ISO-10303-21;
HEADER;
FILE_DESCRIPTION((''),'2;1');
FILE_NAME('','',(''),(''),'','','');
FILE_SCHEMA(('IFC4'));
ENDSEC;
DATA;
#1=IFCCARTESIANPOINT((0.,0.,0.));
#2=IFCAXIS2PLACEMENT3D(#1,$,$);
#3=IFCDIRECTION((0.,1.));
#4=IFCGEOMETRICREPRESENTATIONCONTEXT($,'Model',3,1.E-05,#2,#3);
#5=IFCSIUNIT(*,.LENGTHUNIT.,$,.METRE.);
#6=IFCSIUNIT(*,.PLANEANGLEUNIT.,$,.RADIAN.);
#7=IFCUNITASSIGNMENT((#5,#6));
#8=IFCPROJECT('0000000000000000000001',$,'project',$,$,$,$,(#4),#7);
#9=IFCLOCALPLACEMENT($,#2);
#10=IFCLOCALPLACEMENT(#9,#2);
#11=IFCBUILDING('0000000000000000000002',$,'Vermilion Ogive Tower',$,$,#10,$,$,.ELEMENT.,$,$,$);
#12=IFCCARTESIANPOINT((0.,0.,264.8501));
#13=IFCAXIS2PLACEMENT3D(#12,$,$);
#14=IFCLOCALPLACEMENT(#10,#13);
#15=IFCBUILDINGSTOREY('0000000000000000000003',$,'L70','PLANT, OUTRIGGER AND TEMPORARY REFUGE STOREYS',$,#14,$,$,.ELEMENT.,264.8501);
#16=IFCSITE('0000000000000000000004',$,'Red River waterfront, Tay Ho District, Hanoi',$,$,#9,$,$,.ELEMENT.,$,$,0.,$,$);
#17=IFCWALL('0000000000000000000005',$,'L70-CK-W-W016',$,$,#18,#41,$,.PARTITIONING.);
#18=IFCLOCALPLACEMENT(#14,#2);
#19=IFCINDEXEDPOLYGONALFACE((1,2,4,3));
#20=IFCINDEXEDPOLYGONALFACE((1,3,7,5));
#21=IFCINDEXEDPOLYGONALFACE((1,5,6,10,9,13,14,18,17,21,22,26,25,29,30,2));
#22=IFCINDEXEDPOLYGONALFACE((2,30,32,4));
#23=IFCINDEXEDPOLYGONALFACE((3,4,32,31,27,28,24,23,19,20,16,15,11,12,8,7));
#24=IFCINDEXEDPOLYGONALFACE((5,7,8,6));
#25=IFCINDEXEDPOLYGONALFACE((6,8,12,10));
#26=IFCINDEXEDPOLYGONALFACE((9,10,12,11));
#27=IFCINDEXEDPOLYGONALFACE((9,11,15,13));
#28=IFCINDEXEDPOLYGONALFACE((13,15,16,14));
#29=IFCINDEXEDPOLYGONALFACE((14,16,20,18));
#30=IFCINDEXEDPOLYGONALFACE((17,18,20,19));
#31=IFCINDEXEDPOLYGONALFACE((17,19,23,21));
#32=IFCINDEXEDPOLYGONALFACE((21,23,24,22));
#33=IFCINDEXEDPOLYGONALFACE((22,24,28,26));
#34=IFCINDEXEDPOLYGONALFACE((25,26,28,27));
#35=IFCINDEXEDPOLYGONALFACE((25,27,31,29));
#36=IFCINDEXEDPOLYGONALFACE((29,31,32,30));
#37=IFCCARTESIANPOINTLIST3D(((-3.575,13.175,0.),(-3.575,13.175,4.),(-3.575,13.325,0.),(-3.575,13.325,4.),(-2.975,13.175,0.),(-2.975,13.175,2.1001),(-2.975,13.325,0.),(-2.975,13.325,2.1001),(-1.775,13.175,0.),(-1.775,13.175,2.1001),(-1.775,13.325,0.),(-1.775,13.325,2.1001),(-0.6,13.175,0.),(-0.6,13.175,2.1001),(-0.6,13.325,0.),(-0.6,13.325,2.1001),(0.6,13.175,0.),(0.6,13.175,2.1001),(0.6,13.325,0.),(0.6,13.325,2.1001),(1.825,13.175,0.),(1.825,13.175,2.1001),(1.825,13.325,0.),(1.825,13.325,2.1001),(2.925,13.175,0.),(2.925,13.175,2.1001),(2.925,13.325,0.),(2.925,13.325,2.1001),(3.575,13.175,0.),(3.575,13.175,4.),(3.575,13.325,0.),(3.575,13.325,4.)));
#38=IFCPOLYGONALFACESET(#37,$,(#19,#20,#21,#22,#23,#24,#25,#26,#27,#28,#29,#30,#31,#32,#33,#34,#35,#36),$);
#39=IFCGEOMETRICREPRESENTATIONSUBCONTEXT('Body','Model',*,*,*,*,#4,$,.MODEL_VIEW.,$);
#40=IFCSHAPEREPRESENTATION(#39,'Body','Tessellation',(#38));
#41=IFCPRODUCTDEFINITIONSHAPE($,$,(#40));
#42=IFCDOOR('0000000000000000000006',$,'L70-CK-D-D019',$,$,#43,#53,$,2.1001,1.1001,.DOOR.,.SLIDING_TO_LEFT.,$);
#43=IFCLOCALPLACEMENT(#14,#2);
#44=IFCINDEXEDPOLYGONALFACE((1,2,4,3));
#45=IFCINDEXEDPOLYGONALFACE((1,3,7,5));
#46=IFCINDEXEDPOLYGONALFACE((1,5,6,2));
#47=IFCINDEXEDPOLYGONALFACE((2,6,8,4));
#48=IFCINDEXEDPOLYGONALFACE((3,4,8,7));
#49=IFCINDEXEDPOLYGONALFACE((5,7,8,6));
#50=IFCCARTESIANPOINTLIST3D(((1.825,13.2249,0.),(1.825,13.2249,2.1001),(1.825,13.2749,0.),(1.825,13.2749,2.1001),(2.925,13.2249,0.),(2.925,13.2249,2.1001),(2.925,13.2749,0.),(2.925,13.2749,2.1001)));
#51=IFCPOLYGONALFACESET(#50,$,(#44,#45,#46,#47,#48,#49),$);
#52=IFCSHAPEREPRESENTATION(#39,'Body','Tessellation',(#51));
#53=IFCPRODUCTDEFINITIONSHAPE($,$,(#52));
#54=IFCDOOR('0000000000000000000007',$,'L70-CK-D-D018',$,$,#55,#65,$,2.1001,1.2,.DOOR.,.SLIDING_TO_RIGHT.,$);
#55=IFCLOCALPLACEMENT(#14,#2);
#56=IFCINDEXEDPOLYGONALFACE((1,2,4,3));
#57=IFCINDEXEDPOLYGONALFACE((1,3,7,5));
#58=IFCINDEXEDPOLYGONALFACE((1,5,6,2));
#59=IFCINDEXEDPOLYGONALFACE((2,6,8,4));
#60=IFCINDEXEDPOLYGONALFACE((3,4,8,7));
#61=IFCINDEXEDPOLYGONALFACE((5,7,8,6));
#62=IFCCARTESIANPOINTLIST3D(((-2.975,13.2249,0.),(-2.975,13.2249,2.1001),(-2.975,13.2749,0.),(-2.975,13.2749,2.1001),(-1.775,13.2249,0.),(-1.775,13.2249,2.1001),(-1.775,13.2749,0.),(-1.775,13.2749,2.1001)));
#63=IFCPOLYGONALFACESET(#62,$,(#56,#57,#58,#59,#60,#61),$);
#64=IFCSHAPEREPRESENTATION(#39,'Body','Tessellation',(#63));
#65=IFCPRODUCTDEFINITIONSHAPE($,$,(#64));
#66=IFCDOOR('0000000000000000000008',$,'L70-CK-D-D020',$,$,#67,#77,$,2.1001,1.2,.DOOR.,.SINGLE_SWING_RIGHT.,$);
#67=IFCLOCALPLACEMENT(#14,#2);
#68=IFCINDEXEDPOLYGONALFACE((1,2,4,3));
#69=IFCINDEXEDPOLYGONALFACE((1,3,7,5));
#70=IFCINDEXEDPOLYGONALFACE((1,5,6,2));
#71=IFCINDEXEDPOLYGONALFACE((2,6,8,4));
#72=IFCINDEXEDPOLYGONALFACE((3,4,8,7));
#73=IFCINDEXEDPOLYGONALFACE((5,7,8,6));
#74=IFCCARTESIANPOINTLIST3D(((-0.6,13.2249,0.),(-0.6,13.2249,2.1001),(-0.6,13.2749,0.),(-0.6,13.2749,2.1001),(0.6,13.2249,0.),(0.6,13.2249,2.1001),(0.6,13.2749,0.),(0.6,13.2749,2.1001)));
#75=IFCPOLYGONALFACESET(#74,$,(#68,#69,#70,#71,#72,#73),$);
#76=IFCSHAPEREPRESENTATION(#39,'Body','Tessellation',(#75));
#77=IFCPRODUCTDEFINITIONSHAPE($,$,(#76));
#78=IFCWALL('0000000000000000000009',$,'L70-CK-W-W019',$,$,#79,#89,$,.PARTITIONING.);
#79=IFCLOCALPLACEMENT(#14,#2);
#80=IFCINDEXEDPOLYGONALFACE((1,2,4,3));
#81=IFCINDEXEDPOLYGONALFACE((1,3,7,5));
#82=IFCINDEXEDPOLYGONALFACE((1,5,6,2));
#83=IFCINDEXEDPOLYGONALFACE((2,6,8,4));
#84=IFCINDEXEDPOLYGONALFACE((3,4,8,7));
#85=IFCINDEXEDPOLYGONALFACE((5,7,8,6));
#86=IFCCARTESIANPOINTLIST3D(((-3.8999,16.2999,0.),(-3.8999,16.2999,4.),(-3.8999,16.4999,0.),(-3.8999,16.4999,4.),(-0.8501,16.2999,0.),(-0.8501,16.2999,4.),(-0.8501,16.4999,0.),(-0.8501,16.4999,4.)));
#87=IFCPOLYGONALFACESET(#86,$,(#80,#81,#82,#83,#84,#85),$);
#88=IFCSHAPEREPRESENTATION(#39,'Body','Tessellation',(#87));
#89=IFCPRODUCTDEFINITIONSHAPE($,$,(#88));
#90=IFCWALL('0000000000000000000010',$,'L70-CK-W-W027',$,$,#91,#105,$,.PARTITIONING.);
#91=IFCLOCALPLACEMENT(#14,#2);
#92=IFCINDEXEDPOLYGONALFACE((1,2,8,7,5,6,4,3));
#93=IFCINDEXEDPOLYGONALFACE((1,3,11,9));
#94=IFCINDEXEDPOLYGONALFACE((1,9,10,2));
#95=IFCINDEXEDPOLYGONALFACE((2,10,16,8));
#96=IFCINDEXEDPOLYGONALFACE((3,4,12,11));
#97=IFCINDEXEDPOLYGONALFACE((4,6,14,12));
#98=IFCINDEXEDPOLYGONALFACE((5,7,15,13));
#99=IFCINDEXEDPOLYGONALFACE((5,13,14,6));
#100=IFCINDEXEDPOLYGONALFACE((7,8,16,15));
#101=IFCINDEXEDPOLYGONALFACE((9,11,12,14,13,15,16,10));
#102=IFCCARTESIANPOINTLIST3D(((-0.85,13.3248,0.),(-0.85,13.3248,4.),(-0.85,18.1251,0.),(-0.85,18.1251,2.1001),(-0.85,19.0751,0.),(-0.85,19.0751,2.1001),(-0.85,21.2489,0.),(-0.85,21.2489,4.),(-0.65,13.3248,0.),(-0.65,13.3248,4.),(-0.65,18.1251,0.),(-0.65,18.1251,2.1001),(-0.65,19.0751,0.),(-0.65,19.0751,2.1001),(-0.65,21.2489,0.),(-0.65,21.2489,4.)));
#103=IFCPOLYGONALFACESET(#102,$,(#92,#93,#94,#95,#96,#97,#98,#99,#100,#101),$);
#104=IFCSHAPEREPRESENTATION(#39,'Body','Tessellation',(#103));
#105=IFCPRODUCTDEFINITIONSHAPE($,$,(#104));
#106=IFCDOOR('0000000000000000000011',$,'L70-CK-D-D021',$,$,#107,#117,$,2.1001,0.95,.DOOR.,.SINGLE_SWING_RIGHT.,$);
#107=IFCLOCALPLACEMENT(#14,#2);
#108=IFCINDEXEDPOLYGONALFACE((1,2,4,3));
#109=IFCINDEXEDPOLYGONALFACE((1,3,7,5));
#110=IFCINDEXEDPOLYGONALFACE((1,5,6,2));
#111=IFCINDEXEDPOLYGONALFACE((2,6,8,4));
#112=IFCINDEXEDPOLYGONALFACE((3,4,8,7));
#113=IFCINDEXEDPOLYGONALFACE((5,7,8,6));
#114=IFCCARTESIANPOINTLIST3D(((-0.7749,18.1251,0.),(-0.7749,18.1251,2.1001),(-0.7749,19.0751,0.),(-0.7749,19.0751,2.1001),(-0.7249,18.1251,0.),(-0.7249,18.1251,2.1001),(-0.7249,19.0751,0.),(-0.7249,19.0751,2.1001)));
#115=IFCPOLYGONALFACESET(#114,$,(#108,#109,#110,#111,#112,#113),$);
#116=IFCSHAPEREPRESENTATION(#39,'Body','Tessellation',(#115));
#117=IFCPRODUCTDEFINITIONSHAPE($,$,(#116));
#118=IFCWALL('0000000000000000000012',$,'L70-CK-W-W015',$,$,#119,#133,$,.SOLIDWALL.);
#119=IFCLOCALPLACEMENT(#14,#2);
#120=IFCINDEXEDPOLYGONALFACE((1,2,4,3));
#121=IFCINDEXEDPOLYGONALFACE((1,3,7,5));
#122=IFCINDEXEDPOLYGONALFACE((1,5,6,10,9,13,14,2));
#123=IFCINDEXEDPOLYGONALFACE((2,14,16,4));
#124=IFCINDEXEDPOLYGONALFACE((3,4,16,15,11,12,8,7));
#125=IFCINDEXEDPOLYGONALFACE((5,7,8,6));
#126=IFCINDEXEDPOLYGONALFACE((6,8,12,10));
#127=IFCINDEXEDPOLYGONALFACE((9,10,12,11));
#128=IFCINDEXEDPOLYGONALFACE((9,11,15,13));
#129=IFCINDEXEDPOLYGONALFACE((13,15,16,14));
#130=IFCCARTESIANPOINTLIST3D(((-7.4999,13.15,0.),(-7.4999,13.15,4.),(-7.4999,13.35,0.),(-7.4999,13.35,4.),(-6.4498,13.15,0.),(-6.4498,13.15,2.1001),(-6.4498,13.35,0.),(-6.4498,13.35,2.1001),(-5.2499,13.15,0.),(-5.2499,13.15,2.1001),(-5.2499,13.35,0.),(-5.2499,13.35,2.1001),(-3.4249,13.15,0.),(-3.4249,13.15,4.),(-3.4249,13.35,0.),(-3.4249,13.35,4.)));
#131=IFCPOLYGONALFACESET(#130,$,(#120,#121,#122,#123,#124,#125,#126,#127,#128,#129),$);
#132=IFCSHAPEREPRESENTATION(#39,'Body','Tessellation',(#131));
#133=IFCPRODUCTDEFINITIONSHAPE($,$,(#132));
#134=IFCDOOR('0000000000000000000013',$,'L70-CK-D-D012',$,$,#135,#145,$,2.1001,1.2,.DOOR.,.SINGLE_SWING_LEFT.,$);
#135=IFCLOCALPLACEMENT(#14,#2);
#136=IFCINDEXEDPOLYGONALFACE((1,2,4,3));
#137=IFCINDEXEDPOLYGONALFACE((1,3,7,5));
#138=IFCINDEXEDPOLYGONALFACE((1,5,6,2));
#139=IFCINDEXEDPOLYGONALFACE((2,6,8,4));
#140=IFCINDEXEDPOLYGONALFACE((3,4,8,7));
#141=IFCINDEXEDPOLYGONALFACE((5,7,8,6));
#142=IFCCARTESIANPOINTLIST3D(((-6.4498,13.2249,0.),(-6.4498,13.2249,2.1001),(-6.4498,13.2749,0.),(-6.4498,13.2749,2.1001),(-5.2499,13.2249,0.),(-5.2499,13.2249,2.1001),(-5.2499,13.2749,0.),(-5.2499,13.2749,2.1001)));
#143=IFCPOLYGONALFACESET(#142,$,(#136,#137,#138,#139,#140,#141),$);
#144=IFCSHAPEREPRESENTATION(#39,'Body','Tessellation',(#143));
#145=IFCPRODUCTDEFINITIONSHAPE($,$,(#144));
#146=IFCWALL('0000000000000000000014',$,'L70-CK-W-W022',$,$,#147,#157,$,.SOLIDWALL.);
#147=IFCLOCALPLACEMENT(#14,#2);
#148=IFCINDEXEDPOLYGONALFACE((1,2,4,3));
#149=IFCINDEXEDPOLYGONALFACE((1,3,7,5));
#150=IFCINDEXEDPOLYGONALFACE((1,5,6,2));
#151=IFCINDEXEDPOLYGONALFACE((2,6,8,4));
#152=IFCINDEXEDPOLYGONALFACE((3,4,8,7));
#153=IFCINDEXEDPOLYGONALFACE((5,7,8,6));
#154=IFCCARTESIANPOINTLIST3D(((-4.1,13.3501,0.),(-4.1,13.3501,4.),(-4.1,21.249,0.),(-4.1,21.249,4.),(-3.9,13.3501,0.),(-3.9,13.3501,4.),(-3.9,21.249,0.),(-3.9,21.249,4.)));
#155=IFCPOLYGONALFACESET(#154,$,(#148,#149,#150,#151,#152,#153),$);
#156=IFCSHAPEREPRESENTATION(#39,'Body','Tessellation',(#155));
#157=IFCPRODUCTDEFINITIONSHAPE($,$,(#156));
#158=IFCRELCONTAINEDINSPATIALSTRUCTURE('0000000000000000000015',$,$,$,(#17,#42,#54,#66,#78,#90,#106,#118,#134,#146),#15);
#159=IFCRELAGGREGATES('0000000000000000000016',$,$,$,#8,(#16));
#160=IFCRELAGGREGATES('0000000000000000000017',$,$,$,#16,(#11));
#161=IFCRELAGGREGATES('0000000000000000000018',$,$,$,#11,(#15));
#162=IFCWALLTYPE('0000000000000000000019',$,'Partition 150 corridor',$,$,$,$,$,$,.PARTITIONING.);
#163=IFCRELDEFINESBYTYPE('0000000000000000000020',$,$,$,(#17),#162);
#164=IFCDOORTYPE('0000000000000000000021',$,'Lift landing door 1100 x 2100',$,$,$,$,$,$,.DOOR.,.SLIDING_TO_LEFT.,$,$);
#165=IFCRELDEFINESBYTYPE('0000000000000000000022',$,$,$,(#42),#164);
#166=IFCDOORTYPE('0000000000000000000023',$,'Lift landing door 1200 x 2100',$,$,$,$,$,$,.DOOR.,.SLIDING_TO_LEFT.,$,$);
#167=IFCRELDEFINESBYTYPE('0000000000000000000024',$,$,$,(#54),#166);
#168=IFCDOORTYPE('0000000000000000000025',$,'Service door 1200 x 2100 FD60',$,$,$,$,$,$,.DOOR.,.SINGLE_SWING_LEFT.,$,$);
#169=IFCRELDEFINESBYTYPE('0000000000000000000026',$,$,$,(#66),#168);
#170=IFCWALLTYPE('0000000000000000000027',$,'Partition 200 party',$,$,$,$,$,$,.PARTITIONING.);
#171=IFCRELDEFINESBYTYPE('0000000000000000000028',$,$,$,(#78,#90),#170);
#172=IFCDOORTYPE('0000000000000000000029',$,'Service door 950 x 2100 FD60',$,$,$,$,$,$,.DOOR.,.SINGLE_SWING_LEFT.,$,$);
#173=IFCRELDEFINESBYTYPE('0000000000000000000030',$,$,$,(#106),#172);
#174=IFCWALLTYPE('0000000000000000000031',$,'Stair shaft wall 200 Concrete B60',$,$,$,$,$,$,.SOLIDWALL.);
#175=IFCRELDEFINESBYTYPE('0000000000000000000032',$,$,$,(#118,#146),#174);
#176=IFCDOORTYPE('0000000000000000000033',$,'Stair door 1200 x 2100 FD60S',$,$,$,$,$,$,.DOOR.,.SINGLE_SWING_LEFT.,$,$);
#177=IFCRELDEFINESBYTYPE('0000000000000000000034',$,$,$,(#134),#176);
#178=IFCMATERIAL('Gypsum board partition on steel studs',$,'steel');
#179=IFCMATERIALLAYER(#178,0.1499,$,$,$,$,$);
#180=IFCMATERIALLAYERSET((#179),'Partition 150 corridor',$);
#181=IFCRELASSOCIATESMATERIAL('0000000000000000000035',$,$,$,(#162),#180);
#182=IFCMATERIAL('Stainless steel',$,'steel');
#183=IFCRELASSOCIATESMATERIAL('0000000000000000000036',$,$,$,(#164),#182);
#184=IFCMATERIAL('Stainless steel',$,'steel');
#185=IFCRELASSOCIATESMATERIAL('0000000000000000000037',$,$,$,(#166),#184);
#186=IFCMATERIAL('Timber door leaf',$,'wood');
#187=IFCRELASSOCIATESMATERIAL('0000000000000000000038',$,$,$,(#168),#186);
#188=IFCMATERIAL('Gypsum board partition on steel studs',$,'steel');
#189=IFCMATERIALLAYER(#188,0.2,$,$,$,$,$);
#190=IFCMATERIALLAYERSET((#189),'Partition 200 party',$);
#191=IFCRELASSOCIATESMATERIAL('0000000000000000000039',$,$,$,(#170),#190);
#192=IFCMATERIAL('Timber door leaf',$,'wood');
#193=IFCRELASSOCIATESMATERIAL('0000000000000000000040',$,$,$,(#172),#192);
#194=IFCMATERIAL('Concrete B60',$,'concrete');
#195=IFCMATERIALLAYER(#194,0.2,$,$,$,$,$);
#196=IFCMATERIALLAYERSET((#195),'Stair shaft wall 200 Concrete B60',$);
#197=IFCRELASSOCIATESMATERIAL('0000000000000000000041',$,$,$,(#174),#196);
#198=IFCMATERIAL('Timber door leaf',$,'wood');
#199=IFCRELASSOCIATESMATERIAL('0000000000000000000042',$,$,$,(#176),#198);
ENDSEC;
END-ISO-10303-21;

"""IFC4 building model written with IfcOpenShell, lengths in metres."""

from ifc_helpers import new_model, si_unit, direction, frame, frame_2d, origin, place, context, subcontext, project, spatial, rectangle, extrude, material, layer, layer_set, type_object, element, fill, save


model = new_model("IFC4")

# Units and contexts
model_context = context("Model", 3, precision=1e-05, world=origin(), true_north=direction((0.0, 1.0)))
body_context = subcontext(model_context, "Body", "Model", "MODEL_VIEW")
ifc_project = project(units=[si_unit("LENGTHUNIT", "METRE"), si_unit("PLANEANGLEUNIT", "RADIAN")], contexts=[model_context])

# Site, building, storey
site_placement = place(None, origin())
site = spatial("IfcSite", under=ifc_project, at=site_placement, Name="Red River waterfront, Tay Ho District, Hanoi", CompositionType="ELEMENT", RefElevation=0.0)
building_placement = place(site_placement, origin())
building = spatial("IfcBuilding", under=site, at=building_placement, Name="Vermilion Ogive Tower", CompositionType="ELEMENT")
storey_placement = place(building_placement, frame((0.0, 0.0, 264.8501)))
storey = spatial("IfcBuildingStorey", under=building, at=storey_placement, Name="L70", Description="PLANT, OUTRIGGER AND TEMPORARY REFUGE STOREYS", CompositionType="ELEMENT", Elevation=264.8501)

# Wall, openings, doors
ifc_material_1 = material(Name="Gypsum board partition on steel studs", Category="steel")
ifc_layer_1 = layer(ifc_material_1, 0.1499)
ifc_layer_set_1 = layer_set([ifc_layer_1], Name="Partition 150 corridor")
wall_type_1 = type_object("IfcWallType", Name="Partition 150 corridor", PredefinedType="PARTITIONING", material=ifc_layer_set_1)
wall_1_placement = place(storey_placement, frame((-3.575, 13.25, 0.0), z_axis=(0.0, 0.0, 1.0), x_axis=(1.0, 0.0, 0.0)))
wall_1 = element("IfcWall", 1, at=wall_1_placement, inside=storey, type_object=wall_type_1, Name="L70-CK-W-W016", PredefinedType="PARTITIONING", context=body_context, shape_type="SweptSolid", body=[
    extrude(rectangle(XDim=7.1499, YDim=0.1499, at=frame_2d((3.575, 0.0))), origin(), (0.0, 0.0, 1.0), 4.0),
])
opening_1_placement = place(wall_1_placement, frame((0.5999, 0.0, 0.0)))
opening_1 = element("IfcOpeningElement", 2, at=opening_1_placement, cuts=wall_1, PredefinedType="OPENING", context=body_context, shape_type="SweptSolid", body=[
    extrude(rectangle(XDim=1.2, YDim=2.1001, at=frame_2d((0.6001, 1.05))), frame((0.0, 0.085, 0.0), z_axis=(0.0, -1.0, 0.0), x_axis=(1.0, 0.0, 0.0)), (0.0, 0.0, 1.0), 0.1699),
])
opening_2_placement = place(wall_1_placement, frame((5.3999, 0.0, 0.0)))
opening_2 = element("IfcOpeningElement", 3, at=opening_2_placement, cuts=wall_1, PredefinedType="OPENING", context=body_context, shape_type="SweptSolid", body=[
    extrude(rectangle(XDim=1.1001, YDim=2.1001, at=frame_2d((0.55, 1.05))), frame((0.0, 0.085, 0.0), z_axis=(0.0, -1.0, 0.0), x_axis=(1.0, 0.0, 0.0)), (0.0, 0.0, 1.0), 0.1699),
])
opening_3_placement = place(wall_1_placement, frame((2.9749, 0.0, 0.0)))
opening_3 = element("IfcOpeningElement", 4, at=opening_3_placement, cuts=wall_1, PredefinedType="OPENING", context=body_context, shape_type="SweptSolid", body=[
    extrude(rectangle(XDim=1.2, YDim=2.1001, at=frame_2d((0.6001, 1.05))), frame((0.0, 0.085, 0.0), z_axis=(0.0, -1.0, 0.0), x_axis=(1.0, 0.0, 0.0)), (0.0, 0.0, 1.0), 0.1699),
])
ifc_material_2 = material(Name="Stainless steel", Category="steel")
door_type_1 = type_object("IfcDoorType", Name="Lift landing door 1100 x 2100", OperationType="SLIDING_TO_LEFT", PredefinedType="DOOR", material=ifc_material_2)
door_1_placement = place(opening_2_placement, origin())
door_1 = element("IfcDoor", 5, at=door_1_placement, inside=storey, type_object=door_type_1, Name="L70-CK-D-D019", OperationType="SLIDING_TO_LEFT", OverallHeight=2.1001, OverallWidth=1.1001, PredefinedType="DOOR", context=body_context, shape_type="SweptSolid", body=[
    extrude(rectangle(XDim=1.1001, YDim=2.1001, at=frame_2d((0.55, 1.05))), frame((0.0, 0.0249, 0.0), z_axis=(0.0, -1.0, 0.0), x_axis=(1.0, 0.0, 0.0)), (0.0, 0.0, 1.0), 0.05),
])
fill(opening_2, door_1)
ifc_material_3 = material(Name="Stainless steel", Category="steel")
door_type_2 = type_object("IfcDoorType", Name="Lift landing door 1200 x 2100", OperationType="SLIDING_TO_LEFT", PredefinedType="DOOR", material=ifc_material_3)
door_2_placement = place(opening_1_placement, origin())
door_2 = element("IfcDoor", 6, at=door_2_placement, inside=storey, type_object=door_type_2, Name="L70-CK-D-D018", OperationType="SLIDING_TO_RIGHT", OverallHeight=2.1001, OverallWidth=1.2, PredefinedType="DOOR", context=body_context, shape_type="SweptSolid", body=[
    extrude(rectangle(XDim=1.2, YDim=2.1001, at=frame_2d((0.6001, 1.05))), frame((0.0, 0.0249, 0.0), z_axis=(0.0, -1.0, 0.0), x_axis=(1.0, 0.0, 0.0)), (0.0, 0.0, 1.0), 0.05),
])
fill(opening_1, door_2)
ifc_material_4 = material(Name="Timber door leaf", Category="wood")
door_type_3 = type_object("IfcDoorType", Name="Service door 1200 x 2100 FD60", OperationType="SINGLE_SWING_LEFT", PredefinedType="DOOR", material=ifc_material_4)
door_3_placement = place(opening_3_placement, origin())
door_3 = element("IfcDoor", 7, at=door_3_placement, inside=storey, type_object=door_type_3, Name="L70-CK-D-D020", OperationType="SINGLE_SWING_RIGHT", OverallHeight=2.1001, OverallWidth=1.2, PredefinedType="DOOR", context=body_context, shape_type="SweptSolid", body=[
    extrude(rectangle(XDim=1.2, YDim=2.1001, at=frame_2d((0.6001, 1.05))), frame((0.0, 0.0249, 0.0), z_axis=(0.0, -1.0, 0.0), x_axis=(1.0, 0.0, 0.0)), (0.0, 0.0, 1.0), 0.05),
])
fill(opening_3, door_3)

# Wall
ifc_material_5 = material(Name="Gypsum board partition on steel studs", Category="steel")
ifc_layer_2 = layer(ifc_material_5, 0.2)
ifc_layer_set_2 = layer_set([ifc_layer_2], Name="Partition 200 party")
wall_type_2 = type_object("IfcWallType", Name="Partition 200 party", PredefinedType="PARTITIONING", material=ifc_layer_set_2)
wall_2_placement = place(storey_placement, frame((-3.8999, 16.3999, 0.0), z_axis=(0.0, 0.0, 1.0), x_axis=(1.0, 0.0, 0.0)))
element("IfcWall", 8, at=wall_2_placement, inside=storey, type_object=wall_type_2, Name="L70-CK-W-W019", PredefinedType="PARTITIONING", context=body_context, shape_type="SweptSolid", body=[
    extrude(rectangle(XDim=3.0498, YDim=0.2, at=frame_2d((1.5249, 0.0))), origin(), (0.0, 0.0, 1.0), 4.0),
])

# Walls, openings, doors
wall_3_placement = place(storey_placement, frame((-0.75, 13.325, 0.0), z_axis=(0.0, 0.0, 1.0), x_axis=(0.0, 1.0, 0.0)))
wall_3 = element("IfcWall", 9, at=wall_3_placement, inside=storey, type_object=wall_type_2, Name="L70-CK-W-W027", PredefinedType="PARTITIONING", context=body_context, shape_type="SweptSolid", body=[
    extrude(rectangle(XDim=7.9241, YDim=0.2, at=frame_2d((3.9619, 0.0))), origin(), (0.0, 0.0, 1.0), 4.0),
])
opening_4_placement = place(wall_3_placement, frame((4.8, 0.0, 0.0)))
opening_4 = element("IfcOpeningElement", 10, at=opening_4_placement, cuts=wall_3, PredefinedType="OPENING", context=body_context, shape_type="SweptSolid", body=[
    extrude(rectangle(XDim=0.95, YDim=2.1001, at=frame_2d((0.4751, 1.05))), frame((0.0, 0.1099, 0.0), z_axis=(0.0, -1.0, 0.0), x_axis=(1.0, 0.0, 0.0)), (0.0, 0.0, 1.0), 0.22),
])
ifc_material_6 = material(Name="Timber door leaf", Category="wood")
door_type_4 = type_object("IfcDoorType", Name="Service door 950 x 2100 FD60", OperationType="SINGLE_SWING_LEFT", PredefinedType="DOOR", material=ifc_material_6)
door_4_placement = place(opening_4_placement, origin())
door_4 = element("IfcDoor", 11, at=door_4_placement, inside=storey, type_object=door_type_4, Name="L70-CK-D-D021", OperationType="SINGLE_SWING_RIGHT", OverallHeight=2.1001, OverallWidth=0.95, PredefinedType="DOOR", context=body_context, shape_type="SweptSolid", body=[
    extrude(rectangle(XDim=0.95, YDim=2.1001, at=frame_2d((0.4751, 1.05))), frame((0.0, 0.0249, 0.0), z_axis=(0.0, -1.0, 0.0), x_axis=(1.0, 0.0, 0.0)), (0.0, 0.0, 1.0), 0.05),
])
fill(opening_4, door_4)
ifc_material_7 = material(Name="Concrete B60", Category="concrete")
ifc_layer_3 = layer(ifc_material_7, 0.2)
ifc_layer_set_3 = layer_set([ifc_layer_3], Name="Stair shaft wall 200 Concrete B60")
wall_type_3 = type_object("IfcWallType", Name="Stair shaft wall 200 Concrete B60", PredefinedType="SOLIDWALL", material=ifc_layer_set_3)
wall_4_placement = place(storey_placement, frame((-7.5, 13.25, 0.0), z_axis=(0.0, 0.0, 1.0), x_axis=(1.0, 0.0, 0.0)))
wall_4 = element("IfcWall", 12, at=wall_4_placement, inside=storey, type_object=wall_type_3, Name="L70-CK-W-W015", PredefinedType="SOLIDWALL", context=body_context, shape_type="SweptSolid", body=[
    extrude(rectangle(XDim=4.075, YDim=0.2, at=frame_2d((2.0376, 0.0))), origin(), (0.0, 0.0, 1.0), 4.0),
])
opening_5_placement = place(wall_4_placement, frame((1.05, 0.0, 0.0)))
opening_5 = element("IfcOpeningElement", 13, at=opening_5_placement, cuts=wall_4, PredefinedType="OPENING", context=body_context, shape_type="SweptSolid", body=[
    extrude(rectangle(XDim=1.2, YDim=2.1001, at=frame_2d((0.6001, 1.05))), frame((0.0, 0.1099, 0.0), z_axis=(0.0, -1.0, 0.0), x_axis=(1.0, 0.0, 0.0)), (0.0, 0.0, 1.0), 0.22),
])
ifc_material_8 = material(Name="Timber door leaf", Category="wood")
door_type_5 = type_object("IfcDoorType", Name="Stair door 1200 x 2100 FD60S", OperationType="SINGLE_SWING_LEFT", PredefinedType="DOOR", material=ifc_material_8)
door_5_placement = place(opening_5_placement, origin())
door_5 = element("IfcDoor", 14, at=door_5_placement, inside=storey, type_object=door_type_5, Name="L70-CK-D-D012", OperationType="SINGLE_SWING_LEFT", OverallHeight=2.1001, OverallWidth=1.2, PredefinedType="DOOR", context=body_context, shape_type="SweptSolid", body=[
    extrude(rectangle(XDim=1.2, YDim=2.1001, at=frame_2d((0.6001, 1.05))), frame((0.0, 0.0249, 0.0), z_axis=(0.0, -1.0, 0.0), x_axis=(1.0, 0.0, 0.0)), (0.0, 0.0, 1.0), 0.05),
])
fill(opening_5, door_5)

# Wall
wall_5_placement = place(storey_placement, frame((-4.0, 13.3501, 0.0), z_axis=(0.0, 0.0, 1.0), x_axis=(0.0, 1.0, 0.0)))
element("IfcWall", 15, at=wall_5_placement, inside=storey, type_object=wall_type_3, Name="L70-CK-W-W022", PredefinedType="SOLIDWALL", context=body_context, shape_type="SweptSolid", body=[
    extrude(rectangle(XDim=7.8989, YDim=0.2, at=frame_2d((3.9495, 0.0))), origin(), (0.0, 0.0, 1.0), 4.0),
])

save(model, "model.ifc")
